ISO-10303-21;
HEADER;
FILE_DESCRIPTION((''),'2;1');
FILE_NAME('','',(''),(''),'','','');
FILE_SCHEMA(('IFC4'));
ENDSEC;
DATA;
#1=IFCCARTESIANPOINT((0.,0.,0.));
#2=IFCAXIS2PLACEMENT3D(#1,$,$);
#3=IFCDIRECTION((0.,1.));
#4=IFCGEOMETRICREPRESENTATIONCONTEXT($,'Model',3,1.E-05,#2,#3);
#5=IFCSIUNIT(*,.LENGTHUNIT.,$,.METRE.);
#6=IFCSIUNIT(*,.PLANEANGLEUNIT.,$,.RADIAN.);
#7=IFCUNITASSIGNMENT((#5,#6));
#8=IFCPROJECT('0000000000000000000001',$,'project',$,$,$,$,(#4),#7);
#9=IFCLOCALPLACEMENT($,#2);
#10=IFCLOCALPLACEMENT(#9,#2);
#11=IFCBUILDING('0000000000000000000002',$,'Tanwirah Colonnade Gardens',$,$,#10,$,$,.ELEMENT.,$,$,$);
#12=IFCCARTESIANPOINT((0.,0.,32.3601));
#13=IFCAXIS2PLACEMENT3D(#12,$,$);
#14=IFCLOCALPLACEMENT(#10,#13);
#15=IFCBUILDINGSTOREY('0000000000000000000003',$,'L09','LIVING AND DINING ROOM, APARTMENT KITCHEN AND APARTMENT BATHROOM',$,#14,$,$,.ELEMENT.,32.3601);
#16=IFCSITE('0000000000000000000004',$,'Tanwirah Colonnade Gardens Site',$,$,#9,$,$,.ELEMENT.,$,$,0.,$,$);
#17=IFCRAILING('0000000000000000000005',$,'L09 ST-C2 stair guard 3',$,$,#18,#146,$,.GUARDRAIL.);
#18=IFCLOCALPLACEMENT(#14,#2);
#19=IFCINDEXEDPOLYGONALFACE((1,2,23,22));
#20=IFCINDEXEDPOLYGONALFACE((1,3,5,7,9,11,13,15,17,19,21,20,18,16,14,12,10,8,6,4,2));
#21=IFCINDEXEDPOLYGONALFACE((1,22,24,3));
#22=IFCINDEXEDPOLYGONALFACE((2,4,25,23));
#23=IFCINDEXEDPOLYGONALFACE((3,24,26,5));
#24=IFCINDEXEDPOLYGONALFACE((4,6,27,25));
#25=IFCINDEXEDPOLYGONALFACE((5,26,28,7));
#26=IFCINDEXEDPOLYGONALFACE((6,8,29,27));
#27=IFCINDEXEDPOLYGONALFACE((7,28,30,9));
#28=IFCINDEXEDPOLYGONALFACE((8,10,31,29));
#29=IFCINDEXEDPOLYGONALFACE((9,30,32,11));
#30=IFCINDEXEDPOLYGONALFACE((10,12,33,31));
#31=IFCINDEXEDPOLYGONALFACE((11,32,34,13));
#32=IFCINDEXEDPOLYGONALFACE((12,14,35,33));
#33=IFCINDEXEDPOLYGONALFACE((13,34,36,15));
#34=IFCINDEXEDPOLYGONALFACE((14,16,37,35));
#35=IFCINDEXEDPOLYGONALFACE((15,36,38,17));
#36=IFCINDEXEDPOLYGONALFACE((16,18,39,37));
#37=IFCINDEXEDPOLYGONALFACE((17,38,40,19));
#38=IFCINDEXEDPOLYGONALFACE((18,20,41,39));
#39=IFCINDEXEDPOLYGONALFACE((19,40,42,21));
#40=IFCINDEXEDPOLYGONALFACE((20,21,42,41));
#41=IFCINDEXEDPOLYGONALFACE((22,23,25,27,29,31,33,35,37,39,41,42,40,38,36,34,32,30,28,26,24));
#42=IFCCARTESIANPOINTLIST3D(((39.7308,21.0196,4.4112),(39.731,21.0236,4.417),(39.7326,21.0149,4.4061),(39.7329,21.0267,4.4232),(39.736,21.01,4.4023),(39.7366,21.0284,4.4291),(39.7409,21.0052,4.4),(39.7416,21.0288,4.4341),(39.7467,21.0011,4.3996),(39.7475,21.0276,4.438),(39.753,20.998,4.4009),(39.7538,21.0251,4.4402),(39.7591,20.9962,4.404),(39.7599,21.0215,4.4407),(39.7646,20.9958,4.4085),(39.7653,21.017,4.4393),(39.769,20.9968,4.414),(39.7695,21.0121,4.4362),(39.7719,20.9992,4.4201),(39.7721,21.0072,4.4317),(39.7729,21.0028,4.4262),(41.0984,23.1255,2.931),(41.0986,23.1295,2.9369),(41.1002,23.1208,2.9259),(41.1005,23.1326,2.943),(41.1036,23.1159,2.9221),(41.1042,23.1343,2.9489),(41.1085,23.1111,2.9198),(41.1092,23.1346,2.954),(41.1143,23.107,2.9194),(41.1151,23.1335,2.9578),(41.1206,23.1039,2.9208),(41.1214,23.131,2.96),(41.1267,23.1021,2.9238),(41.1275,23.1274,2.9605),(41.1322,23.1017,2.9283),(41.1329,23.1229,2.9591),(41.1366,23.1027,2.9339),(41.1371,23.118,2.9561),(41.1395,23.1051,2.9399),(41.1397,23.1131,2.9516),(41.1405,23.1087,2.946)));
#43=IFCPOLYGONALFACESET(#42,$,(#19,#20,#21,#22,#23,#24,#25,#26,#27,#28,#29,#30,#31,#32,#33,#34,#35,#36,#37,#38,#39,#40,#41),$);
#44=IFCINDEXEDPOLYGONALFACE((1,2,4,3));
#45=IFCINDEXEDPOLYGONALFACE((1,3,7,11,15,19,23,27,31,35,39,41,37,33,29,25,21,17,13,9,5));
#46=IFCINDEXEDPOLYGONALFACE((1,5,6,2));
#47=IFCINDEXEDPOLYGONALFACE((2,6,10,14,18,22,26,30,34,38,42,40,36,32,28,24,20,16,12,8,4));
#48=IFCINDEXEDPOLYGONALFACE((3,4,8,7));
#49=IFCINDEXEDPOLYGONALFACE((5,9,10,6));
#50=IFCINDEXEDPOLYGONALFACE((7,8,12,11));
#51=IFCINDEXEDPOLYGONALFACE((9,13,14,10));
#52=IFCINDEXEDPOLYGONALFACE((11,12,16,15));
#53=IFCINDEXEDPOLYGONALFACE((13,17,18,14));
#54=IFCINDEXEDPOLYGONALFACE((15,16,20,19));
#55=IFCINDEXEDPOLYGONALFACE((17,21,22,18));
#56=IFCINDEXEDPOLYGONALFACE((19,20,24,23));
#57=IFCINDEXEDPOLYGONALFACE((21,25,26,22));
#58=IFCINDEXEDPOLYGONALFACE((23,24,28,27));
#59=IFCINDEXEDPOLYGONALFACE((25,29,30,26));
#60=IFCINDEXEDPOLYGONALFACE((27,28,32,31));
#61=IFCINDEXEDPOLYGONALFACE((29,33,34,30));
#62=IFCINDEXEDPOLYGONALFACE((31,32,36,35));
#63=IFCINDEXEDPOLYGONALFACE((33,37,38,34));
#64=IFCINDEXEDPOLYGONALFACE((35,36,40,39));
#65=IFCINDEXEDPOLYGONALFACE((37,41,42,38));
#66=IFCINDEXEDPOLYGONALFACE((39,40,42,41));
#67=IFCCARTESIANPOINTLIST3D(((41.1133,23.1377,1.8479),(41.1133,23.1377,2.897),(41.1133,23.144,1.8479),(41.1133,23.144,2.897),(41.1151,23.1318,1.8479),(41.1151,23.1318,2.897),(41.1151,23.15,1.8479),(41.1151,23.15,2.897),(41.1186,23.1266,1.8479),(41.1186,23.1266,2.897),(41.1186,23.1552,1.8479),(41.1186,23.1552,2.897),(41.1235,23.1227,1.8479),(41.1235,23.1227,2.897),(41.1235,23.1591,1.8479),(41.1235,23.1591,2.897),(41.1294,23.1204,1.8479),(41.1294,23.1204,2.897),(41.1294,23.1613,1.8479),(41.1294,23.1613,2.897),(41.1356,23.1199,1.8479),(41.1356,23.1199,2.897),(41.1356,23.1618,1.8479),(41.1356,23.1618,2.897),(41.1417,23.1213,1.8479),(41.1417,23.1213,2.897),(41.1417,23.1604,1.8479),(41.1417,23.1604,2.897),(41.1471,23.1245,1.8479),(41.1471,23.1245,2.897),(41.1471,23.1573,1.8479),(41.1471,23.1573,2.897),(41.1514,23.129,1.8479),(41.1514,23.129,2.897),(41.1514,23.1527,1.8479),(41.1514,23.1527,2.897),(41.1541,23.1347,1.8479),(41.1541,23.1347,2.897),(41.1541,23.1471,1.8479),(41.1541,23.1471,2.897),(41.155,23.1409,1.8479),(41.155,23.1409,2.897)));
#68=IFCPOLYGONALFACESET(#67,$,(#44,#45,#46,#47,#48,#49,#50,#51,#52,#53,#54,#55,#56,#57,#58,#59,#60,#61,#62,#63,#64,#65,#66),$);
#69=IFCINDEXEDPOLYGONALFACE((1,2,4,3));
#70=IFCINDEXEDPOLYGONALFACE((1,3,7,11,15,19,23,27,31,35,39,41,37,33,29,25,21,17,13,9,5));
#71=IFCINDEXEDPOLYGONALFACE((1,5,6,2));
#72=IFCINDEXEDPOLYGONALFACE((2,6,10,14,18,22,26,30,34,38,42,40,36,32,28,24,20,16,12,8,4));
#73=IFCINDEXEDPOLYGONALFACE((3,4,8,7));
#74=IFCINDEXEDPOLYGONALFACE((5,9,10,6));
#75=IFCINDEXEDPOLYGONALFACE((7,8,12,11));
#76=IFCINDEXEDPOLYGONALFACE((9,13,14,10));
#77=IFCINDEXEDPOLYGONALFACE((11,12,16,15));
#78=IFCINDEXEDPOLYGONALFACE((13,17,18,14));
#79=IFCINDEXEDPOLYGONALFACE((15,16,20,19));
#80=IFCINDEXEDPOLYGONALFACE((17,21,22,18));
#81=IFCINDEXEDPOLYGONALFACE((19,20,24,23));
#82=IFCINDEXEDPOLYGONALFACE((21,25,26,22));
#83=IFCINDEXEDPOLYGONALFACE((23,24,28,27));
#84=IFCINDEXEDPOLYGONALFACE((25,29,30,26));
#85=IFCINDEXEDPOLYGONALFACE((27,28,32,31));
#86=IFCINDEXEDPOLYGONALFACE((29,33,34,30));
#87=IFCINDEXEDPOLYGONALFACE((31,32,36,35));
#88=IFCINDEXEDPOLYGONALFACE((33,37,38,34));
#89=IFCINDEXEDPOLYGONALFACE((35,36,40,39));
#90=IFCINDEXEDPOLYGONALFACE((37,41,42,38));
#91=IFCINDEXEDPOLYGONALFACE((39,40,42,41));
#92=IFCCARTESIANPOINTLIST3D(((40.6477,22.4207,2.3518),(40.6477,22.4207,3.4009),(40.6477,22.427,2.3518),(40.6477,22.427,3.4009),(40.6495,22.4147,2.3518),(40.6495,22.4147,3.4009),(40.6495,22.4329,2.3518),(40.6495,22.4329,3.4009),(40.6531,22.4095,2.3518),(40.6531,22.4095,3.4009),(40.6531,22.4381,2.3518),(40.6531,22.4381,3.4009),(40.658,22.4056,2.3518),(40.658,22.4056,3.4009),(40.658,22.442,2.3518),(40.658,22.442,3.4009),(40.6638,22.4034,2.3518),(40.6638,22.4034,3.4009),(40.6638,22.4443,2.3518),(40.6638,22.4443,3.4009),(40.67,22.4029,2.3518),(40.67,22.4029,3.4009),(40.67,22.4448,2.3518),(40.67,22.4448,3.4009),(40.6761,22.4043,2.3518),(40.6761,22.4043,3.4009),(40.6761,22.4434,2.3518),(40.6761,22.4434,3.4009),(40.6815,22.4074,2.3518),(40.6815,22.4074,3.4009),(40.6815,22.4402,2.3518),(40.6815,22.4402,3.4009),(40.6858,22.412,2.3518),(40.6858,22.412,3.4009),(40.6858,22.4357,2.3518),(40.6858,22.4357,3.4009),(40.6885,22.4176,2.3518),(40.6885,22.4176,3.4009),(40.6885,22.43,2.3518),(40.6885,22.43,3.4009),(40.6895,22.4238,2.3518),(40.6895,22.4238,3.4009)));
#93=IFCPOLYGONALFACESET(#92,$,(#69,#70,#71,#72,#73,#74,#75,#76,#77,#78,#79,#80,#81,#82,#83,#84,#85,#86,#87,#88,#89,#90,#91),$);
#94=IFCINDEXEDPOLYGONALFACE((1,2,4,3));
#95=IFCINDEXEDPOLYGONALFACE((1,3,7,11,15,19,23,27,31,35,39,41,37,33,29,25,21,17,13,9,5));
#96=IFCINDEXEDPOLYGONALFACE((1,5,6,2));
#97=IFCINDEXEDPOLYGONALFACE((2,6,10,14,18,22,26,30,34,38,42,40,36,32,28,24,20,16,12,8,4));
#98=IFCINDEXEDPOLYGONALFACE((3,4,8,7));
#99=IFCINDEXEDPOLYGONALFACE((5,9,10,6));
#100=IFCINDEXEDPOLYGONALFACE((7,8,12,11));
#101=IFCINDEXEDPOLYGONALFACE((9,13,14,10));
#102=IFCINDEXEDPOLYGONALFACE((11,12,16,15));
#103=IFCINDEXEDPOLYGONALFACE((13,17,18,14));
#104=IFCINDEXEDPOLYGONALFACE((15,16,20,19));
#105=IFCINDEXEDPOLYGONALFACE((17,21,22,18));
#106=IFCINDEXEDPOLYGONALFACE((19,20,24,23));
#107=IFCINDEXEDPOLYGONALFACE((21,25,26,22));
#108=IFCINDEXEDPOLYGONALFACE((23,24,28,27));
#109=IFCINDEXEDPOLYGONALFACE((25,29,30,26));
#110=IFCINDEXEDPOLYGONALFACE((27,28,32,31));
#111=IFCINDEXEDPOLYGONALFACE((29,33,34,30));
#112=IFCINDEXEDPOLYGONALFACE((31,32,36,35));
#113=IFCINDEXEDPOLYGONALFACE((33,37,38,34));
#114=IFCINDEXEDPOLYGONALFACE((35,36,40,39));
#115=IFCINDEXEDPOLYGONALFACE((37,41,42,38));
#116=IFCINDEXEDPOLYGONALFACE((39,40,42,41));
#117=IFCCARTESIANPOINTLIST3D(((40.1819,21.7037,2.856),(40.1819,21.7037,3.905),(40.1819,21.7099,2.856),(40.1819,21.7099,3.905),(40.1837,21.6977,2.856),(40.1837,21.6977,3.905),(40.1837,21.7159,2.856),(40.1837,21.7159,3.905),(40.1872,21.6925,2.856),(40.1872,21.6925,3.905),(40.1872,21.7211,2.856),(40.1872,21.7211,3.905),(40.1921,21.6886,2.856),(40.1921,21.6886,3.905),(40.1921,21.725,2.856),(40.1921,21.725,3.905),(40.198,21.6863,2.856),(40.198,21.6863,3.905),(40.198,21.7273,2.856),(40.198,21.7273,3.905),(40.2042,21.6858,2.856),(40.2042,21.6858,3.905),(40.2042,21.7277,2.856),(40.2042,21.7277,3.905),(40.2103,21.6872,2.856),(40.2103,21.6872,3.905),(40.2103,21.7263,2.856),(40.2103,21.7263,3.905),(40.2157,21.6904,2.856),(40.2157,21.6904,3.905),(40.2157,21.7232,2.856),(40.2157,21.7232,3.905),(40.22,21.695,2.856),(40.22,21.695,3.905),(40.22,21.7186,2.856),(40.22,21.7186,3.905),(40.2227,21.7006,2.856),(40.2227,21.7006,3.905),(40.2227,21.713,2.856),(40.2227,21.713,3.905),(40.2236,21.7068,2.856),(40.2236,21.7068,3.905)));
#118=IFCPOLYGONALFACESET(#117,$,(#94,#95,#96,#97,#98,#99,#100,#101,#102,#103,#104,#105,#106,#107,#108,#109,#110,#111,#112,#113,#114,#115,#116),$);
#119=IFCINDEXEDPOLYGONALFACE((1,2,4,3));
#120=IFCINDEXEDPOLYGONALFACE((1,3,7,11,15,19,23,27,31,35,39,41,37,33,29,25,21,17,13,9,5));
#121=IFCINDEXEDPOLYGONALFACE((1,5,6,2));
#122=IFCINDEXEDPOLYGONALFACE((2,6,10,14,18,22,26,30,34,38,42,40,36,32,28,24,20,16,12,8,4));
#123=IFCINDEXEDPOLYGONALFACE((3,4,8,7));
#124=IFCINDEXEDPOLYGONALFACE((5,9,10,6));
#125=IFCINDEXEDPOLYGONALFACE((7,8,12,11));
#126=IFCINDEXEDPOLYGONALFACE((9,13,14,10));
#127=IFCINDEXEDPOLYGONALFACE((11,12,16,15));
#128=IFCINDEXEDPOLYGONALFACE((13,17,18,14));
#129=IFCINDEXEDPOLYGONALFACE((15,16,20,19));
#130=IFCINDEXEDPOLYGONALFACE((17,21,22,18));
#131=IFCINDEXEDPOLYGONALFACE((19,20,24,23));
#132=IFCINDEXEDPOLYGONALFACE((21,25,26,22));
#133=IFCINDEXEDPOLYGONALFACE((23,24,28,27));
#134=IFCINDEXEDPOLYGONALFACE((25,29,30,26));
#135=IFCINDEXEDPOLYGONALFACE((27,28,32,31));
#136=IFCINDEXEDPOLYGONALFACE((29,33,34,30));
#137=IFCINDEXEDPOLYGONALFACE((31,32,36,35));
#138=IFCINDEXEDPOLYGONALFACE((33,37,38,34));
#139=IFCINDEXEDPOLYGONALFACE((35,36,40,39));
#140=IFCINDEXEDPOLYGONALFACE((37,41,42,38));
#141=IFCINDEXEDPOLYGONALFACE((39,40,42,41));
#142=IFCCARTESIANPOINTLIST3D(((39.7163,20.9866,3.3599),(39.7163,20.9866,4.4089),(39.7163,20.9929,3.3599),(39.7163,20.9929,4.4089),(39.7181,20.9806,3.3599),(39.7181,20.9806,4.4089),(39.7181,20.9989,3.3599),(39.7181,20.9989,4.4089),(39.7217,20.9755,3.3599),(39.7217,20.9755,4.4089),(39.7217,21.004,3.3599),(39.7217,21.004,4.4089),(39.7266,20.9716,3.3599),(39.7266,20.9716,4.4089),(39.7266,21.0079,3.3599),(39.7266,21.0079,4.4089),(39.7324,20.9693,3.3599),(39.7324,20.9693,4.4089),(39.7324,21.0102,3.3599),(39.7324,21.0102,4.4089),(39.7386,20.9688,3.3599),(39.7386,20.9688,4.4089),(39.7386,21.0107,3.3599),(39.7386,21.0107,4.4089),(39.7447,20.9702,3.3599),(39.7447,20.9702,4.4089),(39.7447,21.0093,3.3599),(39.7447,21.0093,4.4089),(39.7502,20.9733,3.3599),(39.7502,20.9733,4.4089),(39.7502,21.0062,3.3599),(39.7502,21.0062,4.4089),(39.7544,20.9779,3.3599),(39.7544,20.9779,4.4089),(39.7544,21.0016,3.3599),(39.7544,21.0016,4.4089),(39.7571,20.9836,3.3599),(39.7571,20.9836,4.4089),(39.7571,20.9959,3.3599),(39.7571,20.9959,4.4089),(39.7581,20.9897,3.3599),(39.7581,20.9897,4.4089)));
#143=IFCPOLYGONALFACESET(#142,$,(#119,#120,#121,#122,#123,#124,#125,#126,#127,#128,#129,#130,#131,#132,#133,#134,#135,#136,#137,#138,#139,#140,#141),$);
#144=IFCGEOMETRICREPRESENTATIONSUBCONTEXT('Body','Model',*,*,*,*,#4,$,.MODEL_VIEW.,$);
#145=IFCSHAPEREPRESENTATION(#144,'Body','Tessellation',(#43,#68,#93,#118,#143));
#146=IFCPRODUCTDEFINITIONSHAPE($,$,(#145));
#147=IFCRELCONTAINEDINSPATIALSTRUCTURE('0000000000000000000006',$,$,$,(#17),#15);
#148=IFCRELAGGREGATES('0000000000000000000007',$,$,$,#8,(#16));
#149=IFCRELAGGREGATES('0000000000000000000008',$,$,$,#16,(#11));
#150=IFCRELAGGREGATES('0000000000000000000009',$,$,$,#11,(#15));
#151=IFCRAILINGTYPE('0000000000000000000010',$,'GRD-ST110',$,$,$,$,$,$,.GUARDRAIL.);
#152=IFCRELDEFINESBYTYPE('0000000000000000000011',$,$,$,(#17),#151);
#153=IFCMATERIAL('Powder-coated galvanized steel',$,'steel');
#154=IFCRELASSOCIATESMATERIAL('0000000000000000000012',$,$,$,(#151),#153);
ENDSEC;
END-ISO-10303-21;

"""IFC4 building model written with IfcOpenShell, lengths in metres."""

from ifc_helpers import new_model, si_unit, direction, frame, origin, origin_2d, place, context, subcontext, project, spatial, circle, extrude, material, type_object, element, save


model = new_model("IFC4")

# Units and contexts
model_context = context("Model", 3, precision=1e-05, world=origin(), true_north=direction((0.0, 1.0)))
body_context = subcontext(model_context, "Body", "Model", "MODEL_VIEW")
ifc_project = project(units=[si_unit("LENGTHUNIT", "METRE"), si_unit("PLANEANGLEUNIT", "RADIAN")], contexts=[model_context])

# Site, building, storey
site_placement = place(None, origin())
site = spatial("IfcSite", under=ifc_project, at=site_placement, Name="Tanwirah Colonnade Gardens Site", CompositionType="ELEMENT", RefElevation=0.0)
building_placement = place(site_placement, origin())
building = spatial("IfcBuilding", under=site, at=building_placement, Name="Tanwirah Colonnade Gardens", CompositionType="ELEMENT")
storey_placement = place(building_placement, frame((0.0, 0.0, 32.3601)))
storey = spatial("IfcBuildingStorey", under=building, at=storey_placement, Name="L09", Description="LIVING AND DINING ROOM, APARTMENT KITCHEN AND APARTMENT BATHROOM", CompositionType="ELEMENT", Elevation=32.3601)

# Railing
ifc_material_1 = material(Name="Powder-coated galvanized steel", Category="steel")
railing_type_1 = type_object("IfcRailingType", Name="GRD-ST110", PredefinedType="GUARDRAIL", material=ifc_material_1)
railing_1_placement = place(storey_placement, frame((41.134, 23.1409, 1.8479)))
element("IfcRailing", 1, at=railing_1_placement, inside=storey, type_object=railing_type_1, Name="L09 ST-C2 stair guard 3", PredefinedType="GUARDRAIL", context=body_context, shape_type="SweptSolid", body=[
    extrude(circle(Radius=0.0239, at=origin_2d()), frame((-0.0146, -0.0227, 1.092), z_axis=(-0.469193, -0.722484, 0.507814), x_axis=(0.838668, -0.544644, 0.0)), (0.0, 0.0, 1.0), 2.9148),
    extrude(circle(Radius=0.021, at=origin_2d()), origin(), (0.0, 0.0, 1.0), 1.0491),
    extrude(circle(Radius=0.021, at=origin_2d()), frame((-0.4656, -0.717, 0.5039)), (0.0, 0.0, 1.0), 1.0491),
    extrude(circle(Radius=0.021, at=origin_2d()), frame((-0.9314, -1.4341, 1.0081)), (0.0, 0.0, 1.0), 1.0491),
    extrude(circle(Radius=0.021, at=origin_2d()), frame((-1.397, -2.1511, 1.512)), (0.0, 0.0, 1.0), 1.0491),
])

save(model, "model.ifc")
